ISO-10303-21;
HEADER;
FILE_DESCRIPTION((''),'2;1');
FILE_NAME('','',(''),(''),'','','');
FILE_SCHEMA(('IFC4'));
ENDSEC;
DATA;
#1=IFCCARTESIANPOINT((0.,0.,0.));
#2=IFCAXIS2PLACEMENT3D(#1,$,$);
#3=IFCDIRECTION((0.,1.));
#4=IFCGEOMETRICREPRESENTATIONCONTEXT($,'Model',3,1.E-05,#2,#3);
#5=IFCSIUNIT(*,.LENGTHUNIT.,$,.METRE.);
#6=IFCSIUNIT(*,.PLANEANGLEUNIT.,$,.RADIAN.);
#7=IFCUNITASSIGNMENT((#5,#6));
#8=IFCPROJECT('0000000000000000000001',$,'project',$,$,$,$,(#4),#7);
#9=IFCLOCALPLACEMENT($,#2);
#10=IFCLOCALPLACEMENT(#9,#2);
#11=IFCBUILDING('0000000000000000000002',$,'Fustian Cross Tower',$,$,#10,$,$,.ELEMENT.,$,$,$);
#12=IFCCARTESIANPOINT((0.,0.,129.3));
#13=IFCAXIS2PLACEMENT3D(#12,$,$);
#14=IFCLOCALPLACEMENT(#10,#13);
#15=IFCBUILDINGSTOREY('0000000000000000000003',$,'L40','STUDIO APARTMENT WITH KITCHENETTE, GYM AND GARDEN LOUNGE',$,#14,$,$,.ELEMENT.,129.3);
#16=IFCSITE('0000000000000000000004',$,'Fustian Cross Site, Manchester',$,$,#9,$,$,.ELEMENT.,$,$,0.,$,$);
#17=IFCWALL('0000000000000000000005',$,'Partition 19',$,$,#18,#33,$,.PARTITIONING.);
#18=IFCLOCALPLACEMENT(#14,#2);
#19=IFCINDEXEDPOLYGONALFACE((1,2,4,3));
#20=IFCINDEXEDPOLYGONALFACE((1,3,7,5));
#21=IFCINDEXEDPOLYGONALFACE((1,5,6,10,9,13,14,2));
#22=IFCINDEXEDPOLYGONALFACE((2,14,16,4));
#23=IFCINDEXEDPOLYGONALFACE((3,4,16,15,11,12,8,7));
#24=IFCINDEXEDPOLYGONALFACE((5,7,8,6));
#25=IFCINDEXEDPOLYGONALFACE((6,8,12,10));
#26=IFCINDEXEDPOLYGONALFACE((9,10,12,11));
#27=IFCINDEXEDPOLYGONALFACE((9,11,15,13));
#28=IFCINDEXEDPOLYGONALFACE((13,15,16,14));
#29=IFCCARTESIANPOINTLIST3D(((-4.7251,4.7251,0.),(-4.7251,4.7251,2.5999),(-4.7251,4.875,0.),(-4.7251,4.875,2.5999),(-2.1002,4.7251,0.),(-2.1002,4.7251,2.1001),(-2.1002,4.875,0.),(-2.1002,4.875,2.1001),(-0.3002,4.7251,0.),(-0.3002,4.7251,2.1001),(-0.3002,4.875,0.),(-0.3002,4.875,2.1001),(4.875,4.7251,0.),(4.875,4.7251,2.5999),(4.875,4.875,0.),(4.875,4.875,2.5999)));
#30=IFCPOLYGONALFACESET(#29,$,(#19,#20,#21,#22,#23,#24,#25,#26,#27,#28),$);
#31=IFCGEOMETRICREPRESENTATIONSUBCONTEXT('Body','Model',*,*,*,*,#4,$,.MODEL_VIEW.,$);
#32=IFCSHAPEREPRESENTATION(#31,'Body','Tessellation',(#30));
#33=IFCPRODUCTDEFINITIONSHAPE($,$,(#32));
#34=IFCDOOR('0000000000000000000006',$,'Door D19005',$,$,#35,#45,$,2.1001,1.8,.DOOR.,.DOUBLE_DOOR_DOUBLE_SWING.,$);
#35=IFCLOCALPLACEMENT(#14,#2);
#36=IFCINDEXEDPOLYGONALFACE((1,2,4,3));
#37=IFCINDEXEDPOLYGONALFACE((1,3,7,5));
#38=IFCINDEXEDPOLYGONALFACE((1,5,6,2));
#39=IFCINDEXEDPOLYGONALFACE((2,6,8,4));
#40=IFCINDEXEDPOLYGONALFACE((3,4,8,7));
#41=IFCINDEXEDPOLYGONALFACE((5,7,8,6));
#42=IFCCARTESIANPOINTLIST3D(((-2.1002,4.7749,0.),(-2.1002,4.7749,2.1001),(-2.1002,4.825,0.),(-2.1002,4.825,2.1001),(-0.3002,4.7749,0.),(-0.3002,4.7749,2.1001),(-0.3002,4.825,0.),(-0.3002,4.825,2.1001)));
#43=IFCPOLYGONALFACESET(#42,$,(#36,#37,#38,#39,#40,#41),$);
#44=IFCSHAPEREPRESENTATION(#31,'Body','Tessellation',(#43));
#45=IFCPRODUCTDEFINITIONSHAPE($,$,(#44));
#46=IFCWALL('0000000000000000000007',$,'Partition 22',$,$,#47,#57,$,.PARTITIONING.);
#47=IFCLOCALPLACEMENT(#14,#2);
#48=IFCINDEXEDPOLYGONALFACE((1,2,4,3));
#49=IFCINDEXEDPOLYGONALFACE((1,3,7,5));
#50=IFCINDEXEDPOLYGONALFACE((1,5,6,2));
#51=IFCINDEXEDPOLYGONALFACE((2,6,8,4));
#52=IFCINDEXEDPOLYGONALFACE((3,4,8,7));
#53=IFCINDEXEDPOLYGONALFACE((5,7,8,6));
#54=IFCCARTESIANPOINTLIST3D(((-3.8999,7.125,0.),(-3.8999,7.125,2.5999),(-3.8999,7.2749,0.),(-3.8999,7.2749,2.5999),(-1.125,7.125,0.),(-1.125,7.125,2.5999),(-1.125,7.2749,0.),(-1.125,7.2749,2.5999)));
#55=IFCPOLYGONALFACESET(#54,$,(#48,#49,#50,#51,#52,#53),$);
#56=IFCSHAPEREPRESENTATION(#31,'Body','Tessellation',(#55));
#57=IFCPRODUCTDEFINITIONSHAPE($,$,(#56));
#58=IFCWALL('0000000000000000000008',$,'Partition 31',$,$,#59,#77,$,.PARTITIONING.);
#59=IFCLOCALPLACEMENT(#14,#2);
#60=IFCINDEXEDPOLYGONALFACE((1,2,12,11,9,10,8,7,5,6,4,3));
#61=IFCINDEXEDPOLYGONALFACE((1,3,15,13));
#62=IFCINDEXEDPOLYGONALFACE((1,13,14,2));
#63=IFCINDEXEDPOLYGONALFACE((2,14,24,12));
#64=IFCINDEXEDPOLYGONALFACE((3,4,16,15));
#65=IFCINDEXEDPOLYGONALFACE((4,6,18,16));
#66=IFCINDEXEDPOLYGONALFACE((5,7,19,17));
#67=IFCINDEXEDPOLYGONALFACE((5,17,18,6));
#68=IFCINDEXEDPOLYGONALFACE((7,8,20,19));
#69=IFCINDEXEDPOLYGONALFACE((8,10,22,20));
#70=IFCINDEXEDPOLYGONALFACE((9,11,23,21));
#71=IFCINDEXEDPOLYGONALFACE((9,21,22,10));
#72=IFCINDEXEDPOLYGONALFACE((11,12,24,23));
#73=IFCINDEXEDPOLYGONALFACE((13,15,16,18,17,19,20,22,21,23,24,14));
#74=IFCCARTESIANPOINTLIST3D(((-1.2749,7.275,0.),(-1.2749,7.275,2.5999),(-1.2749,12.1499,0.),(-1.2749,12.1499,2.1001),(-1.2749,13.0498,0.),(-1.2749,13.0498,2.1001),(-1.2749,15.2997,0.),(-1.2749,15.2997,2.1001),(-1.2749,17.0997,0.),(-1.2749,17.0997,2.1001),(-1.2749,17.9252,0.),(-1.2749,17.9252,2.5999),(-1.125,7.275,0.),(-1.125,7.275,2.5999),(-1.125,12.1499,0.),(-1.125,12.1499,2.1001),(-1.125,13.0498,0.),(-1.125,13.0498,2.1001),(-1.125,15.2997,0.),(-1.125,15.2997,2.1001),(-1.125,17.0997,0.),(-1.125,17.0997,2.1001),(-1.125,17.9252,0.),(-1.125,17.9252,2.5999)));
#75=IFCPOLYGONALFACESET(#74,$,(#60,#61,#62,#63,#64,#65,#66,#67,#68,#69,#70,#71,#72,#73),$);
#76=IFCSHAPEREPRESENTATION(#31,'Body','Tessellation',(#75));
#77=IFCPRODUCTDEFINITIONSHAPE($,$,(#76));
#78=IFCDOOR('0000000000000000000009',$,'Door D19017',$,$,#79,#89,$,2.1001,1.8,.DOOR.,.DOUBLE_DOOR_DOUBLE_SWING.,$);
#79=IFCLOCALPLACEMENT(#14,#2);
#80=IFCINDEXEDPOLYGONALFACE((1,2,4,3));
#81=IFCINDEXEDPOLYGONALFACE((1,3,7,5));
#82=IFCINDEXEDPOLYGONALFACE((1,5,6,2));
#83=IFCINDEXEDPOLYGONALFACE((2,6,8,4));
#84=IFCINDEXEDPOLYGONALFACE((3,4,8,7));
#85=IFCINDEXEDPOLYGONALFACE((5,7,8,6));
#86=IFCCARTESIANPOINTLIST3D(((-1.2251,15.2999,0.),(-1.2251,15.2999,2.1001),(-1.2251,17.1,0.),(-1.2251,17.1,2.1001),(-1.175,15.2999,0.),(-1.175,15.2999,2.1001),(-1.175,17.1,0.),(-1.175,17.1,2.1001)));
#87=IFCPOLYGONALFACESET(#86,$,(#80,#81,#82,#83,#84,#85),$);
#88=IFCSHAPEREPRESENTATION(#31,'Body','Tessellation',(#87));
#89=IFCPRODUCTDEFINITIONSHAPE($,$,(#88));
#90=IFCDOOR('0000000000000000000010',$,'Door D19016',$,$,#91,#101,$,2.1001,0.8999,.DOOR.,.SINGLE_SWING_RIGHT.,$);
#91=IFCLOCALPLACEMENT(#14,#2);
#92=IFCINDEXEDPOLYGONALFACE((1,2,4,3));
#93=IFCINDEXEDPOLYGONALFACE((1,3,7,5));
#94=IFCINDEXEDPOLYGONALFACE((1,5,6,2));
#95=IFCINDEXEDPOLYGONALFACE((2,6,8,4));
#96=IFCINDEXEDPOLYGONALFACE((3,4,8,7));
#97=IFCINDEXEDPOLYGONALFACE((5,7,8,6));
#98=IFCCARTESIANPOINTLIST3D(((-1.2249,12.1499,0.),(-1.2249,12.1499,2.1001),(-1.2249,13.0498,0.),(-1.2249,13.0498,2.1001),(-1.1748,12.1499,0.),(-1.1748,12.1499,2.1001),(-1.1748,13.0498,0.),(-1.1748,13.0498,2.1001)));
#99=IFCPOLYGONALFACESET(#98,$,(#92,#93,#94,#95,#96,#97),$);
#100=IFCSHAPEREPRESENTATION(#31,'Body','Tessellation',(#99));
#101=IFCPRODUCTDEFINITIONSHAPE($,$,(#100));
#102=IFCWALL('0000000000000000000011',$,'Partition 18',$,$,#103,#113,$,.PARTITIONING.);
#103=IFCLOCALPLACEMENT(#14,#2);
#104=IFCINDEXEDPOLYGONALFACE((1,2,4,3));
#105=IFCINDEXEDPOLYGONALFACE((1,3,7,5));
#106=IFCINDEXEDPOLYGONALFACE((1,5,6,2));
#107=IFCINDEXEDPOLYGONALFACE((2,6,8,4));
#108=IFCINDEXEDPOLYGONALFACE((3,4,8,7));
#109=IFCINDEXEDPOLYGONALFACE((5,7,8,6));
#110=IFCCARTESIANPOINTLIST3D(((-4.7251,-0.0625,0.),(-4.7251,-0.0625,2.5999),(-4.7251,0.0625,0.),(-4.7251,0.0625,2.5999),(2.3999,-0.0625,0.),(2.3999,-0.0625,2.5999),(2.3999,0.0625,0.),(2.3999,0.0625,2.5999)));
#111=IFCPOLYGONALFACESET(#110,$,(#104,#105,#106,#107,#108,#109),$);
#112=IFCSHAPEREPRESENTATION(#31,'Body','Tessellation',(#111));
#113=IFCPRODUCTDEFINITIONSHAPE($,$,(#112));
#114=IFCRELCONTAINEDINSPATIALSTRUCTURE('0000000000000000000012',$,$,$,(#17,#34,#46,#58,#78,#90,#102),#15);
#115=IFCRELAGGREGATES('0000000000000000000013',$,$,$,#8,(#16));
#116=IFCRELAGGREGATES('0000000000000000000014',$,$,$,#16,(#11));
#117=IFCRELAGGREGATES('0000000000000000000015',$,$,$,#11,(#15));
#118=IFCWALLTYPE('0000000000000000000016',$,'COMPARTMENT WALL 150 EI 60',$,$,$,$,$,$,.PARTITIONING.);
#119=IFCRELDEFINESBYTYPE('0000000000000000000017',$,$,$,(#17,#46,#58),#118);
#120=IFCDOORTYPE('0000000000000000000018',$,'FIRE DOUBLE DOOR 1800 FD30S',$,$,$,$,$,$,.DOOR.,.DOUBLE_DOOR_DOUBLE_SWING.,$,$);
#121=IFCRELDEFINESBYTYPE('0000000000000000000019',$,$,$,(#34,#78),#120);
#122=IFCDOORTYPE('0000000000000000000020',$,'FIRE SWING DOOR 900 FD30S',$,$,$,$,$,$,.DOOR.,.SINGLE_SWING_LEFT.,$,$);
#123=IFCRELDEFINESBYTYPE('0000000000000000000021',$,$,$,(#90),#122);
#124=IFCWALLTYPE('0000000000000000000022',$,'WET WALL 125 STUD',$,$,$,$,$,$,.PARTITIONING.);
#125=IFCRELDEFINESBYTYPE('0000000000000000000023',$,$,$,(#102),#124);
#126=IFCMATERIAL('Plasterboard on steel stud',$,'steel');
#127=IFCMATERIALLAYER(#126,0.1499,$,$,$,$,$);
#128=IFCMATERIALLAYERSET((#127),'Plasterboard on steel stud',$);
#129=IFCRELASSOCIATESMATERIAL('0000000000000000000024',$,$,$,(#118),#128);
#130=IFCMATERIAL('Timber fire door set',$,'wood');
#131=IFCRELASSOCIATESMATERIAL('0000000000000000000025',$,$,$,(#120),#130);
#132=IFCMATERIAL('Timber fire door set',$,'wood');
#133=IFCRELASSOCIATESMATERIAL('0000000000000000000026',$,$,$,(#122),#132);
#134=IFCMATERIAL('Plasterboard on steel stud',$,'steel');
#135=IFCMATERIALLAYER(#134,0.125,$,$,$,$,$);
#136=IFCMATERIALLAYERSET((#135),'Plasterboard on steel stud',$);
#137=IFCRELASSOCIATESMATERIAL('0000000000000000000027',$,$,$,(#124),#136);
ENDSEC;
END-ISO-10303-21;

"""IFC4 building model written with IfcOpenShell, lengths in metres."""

from ifc_helpers import new_model, si_unit, direction, frame, frame_2d, origin, place, context, subcontext, project, spatial, rectangle, extrude, material, layer, layer_set, type_object, element, fill, save


model = new_model("IFC4")

# Units and contexts
model_context = context("Model", 3, precision=1e-05, world=origin(), true_north=direction((0.0, 1.0)))
body_context = subcontext(model_context, "Body", "Model", "MODEL_VIEW")
ifc_project = project(units=[si_unit("LENGTHUNIT", "METRE"), si_unit("PLANEANGLEUNIT", "RADIAN")], contexts=[model_context])

# Site, building, storey
site_placement = place(None, origin())
site = spatial("IfcSite", under=ifc_project, at=site_placement, Name="Fustian Cross Site, Manchester", CompositionType="ELEMENT", RefElevation=0.0)
building_placement = place(site_placement, origin())
building = spatial("IfcBuilding", under=site, at=building_placement, Name="Fustian Cross Tower", CompositionType="ELEMENT")
storey_placement = place(building_placement, frame((0.0, 0.0, 129.3)))
storey = spatial("IfcBuildingStorey", under=building, at=storey_placement, Name="L40", Description="STUDIO APARTMENT WITH KITCHENETTE, GYM AND GARDEN LOUNGE", CompositionType="ELEMENT", Elevation=129.3)

# Wall, opening, door
ifc_material_1 = material(Name="Plasterboard on steel stud", Category="steel")
ifc_layer_1 = layer(ifc_material_1, 0.1499)
ifc_layer_set_1 = layer_set([ifc_layer_1], Name="Plasterboard on steel stud")
wall_type_1 = type_object("IfcWallType", Name="COMPARTMENT WALL 150 EI 60", PredefinedType="PARTITIONING", material=ifc_layer_set_1)
wall_1_placement = place(storey_placement, frame((-4.7251, 4.8, 0.0), z_axis=(0.0, 0.0, 1.0), x_axis=(1.0, 0.0, 0.0)))
wall_1 = element("IfcWall", 1, at=wall_1_placement, inside=storey, type_object=wall_type_1, Name="Partition 19", PredefinedType="PARTITIONING", context=body_context, shape_type="SweptSolid", body=[
    extrude(rectangle(XDim=9.6001, YDim=0.1499, at=frame_2d((4.8, 0.0))), origin(), (0.0, 0.0, 1.0), 2.5999),
])
opening_1_placement = place(wall_1_placement, frame((2.625, 0.0, 0.0)))
opening_1 = element("IfcOpeningElement", 2, at=opening_1_placement, cuts=wall_1, PredefinedType="OPENING", context=body_context, shape_type="SweptSolid", body=[
    extrude(rectangle(XDim=1.8, YDim=2.1001, at=frame_2d((0.8999, 1.05))), frame((0.0, 0.085, 0.0), z_axis=(0.0, -1.0, 0.0), x_axis=(1.0, 0.0, 0.0)), (0.0, 0.0, 1.0), 0.1699),
])
ifc_material_2 = material(Name="Timber fire door set", Category="wood")
door_type_1 = type_object("IfcDoorType", Name="FIRE DOUBLE DOOR 1800 FD30S", OperationType="DOUBLE_DOOR_DOUBLE_SWING", PredefinedType="DOOR", material=ifc_material_2)
door_1_placement = place(opening_1_placement, origin())
door_1 = element("IfcDoor", 3, at=door_1_placement, inside=storey, type_object=door_type_1, Name="Door D19005", OperationType="DOUBLE_DOOR_DOUBLE_SWING", OverallHeight=2.1001, OverallWidth=1.8, PredefinedType="DOOR", context=body_context, shape_type="SweptSolid", body=[
    extrude(rectangle(XDim=1.8, YDim=2.1001, at=frame_2d((0.8999, 1.05))), frame((0.0, 0.0249, 0.0), z_axis=(0.0, -1.0, 0.0), x_axis=(1.0, 0.0, 0.0)), (0.0, 0.0, 1.0), 0.05),
])
fill(opening_1, door_1)

# Wall
wall_2_placement = place(storey_placement, frame((-3.8999, 7.2, 0.0), z_axis=(0.0, 0.0, 1.0), x_axis=(1.0, 0.0, 0.0)))
element("IfcWall", 4, at=wall_2_placement, inside=storey, type_object=wall_type_1, Name="Partition 22", PredefinedType="PARTITIONING", context=body_context, shape_type="SweptSolid", body=[
    extrude(rectangle(XDim=2.7749, YDim=0.1499, at=frame_2d((1.3875, 0.0))), origin(), (0.0, 0.0, 1.0), 2.5999),
])

# Wall, openings, doors
wall_3_placement = place(storey_placement, frame((-1.2, 7.2749, 0.0), z_axis=(0.0, 0.0, 1.0), x_axis=(0.0, 1.0, 0.0)))
wall_3 = element("IfcWall", 5, at=wall_3_placement, inside=storey, type_object=wall_type_1, Name="Partition 31", PredefinedType="PARTITIONING", context=body_context, shape_type="SweptSolid", body=[
    extrude(rectangle(XDim=10.6501, YDim=0.1499, at=frame_2d((5.3252, 0.0))), origin(), (0.0, 0.0, 1.0), 2.5999),
])
opening_2_placement = place(wall_3_placement, frame((4.875, 0.0, 0.0)))
opening_2 = element("IfcOpeningElement", 6, at=opening_2_placement, cuts=wall_3, PredefinedType="OPENING", context=body_context, shape_type="SweptSolid", body=[
    extrude(rectangle(XDim=0.8999, YDim=2.1001, at=frame_2d((0.45, 1.05))), frame((0.0, 0.085, 0.0), z_axis=(0.0, -1.0, 0.0), x_axis=(1.0, 0.0, 0.0)), (0.0, 0.0, 1.0), 0.1699),
])
opening_3_placement = place(wall_3_placement, frame((8.0249, 0.0, 0.0)))
opening_3 = element("IfcOpeningElement", 7, at=opening_3_placement, cuts=wall_3, PredefinedType="OPENING", context=body_context, shape_type="SweptSolid", body=[
    extrude(rectangle(XDim=1.8, YDim=2.1001, at=frame_2d((0.8999, 1.05))), frame((0.0, 0.085, 0.0), z_axis=(0.0, -1.0, 0.0), x_axis=(1.0, 0.0, 0.0)), (0.0, 0.0, 1.0), 0.1699),
])
door_2_placement = place(opening_3_placement, frame((1.8, 0.0, 0.0), z_axis=(0.0, 0.0, 1.0), x_axis=(-1.0, 0.0, 0.0)))
door_2 = element("IfcDoor", 8, at=door_2_placement, inside=storey, type_object=door_type_1, Name="Door D19017", OperationType="DOUBLE_DOOR_DOUBLE_SWING", OverallHeight=2.1001, OverallWidth=1.8, PredefinedType="DOOR", context=body_context, shape_type="SweptSolid", body=[
    extrude(rectangle(XDim=1.8, YDim=2.1001, at=frame_2d((0.8999, 1.05))), frame((0.0, 0.0249, 0.0), z_axis=(0.0, -1.0, 0.0), x_axis=(1.0, 0.0, 0.0)), (0.0, 0.0, 1.0), 0.05),
])
fill(opening_3, door_2)
ifc_material_3 = material(Name="Timber fire door set", Category="wood")
door_type_2 = type_object("IfcDoorType", Name="FIRE SWING DOOR 900 FD30S", OperationType="SINGLE_SWING_LEFT", PredefinedType="DOOR", material=ifc_material_3)
door_3_placement = place(opening_2_placement, origin())
door_3 = element("IfcDoor", 9, at=door_3_placement, inside=storey, type_object=door_type_2, Name="Door D19016", OperationType="SINGLE_SWING_RIGHT", OverallHeight=2.1001, OverallWidth=0.8999, PredefinedType="DOOR", context=body_context, shape_type="SweptSolid", body=[
    extrude(rectangle(XDim=0.8999, YDim=2.1001, at=frame_2d((0.45, 1.05))), frame((0.0, 0.0249, 0.0), z_axis=(0.0, -1.0, 0.0), x_axis=(1.0, 0.0, 0.0)), (0.0, 0.0, 1.0), 0.05),
])
fill(opening_2, door_3)

# Wall
ifc_material_4 = material(Name="Plasterboard on steel stud", Category="steel")
ifc_layer_2 = layer(ifc_material_4, 0.125)
ifc_layer_set_2 = layer_set([ifc_layer_2], Name="Plasterboard on steel stud")
wall_type_2 = type_object("IfcWallType", Name="WET WALL 125 STUD", PredefinedType="PARTITIONING", material=ifc_layer_set_2)
wall_4_placement = place(storey_placement, frame((-4.7251, 0.0, 0.0), z_axis=(0.0, 0.0, 1.0), x_axis=(1.0, 0.0, 0.0)))
element("IfcWall", 10, at=wall_4_placement, inside=storey, type_object=wall_type_2, Name="Partition 18", PredefinedType="PARTITIONING", context=body_context, shape_type="SweptSolid", body=[
    extrude(rectangle(XDim=7.125, YDim=0.125, at=frame_2d((3.5625, 0.0))), origin(), (0.0, 0.0, 1.0), 2.5999),
])

save(model, "model.ifc")
